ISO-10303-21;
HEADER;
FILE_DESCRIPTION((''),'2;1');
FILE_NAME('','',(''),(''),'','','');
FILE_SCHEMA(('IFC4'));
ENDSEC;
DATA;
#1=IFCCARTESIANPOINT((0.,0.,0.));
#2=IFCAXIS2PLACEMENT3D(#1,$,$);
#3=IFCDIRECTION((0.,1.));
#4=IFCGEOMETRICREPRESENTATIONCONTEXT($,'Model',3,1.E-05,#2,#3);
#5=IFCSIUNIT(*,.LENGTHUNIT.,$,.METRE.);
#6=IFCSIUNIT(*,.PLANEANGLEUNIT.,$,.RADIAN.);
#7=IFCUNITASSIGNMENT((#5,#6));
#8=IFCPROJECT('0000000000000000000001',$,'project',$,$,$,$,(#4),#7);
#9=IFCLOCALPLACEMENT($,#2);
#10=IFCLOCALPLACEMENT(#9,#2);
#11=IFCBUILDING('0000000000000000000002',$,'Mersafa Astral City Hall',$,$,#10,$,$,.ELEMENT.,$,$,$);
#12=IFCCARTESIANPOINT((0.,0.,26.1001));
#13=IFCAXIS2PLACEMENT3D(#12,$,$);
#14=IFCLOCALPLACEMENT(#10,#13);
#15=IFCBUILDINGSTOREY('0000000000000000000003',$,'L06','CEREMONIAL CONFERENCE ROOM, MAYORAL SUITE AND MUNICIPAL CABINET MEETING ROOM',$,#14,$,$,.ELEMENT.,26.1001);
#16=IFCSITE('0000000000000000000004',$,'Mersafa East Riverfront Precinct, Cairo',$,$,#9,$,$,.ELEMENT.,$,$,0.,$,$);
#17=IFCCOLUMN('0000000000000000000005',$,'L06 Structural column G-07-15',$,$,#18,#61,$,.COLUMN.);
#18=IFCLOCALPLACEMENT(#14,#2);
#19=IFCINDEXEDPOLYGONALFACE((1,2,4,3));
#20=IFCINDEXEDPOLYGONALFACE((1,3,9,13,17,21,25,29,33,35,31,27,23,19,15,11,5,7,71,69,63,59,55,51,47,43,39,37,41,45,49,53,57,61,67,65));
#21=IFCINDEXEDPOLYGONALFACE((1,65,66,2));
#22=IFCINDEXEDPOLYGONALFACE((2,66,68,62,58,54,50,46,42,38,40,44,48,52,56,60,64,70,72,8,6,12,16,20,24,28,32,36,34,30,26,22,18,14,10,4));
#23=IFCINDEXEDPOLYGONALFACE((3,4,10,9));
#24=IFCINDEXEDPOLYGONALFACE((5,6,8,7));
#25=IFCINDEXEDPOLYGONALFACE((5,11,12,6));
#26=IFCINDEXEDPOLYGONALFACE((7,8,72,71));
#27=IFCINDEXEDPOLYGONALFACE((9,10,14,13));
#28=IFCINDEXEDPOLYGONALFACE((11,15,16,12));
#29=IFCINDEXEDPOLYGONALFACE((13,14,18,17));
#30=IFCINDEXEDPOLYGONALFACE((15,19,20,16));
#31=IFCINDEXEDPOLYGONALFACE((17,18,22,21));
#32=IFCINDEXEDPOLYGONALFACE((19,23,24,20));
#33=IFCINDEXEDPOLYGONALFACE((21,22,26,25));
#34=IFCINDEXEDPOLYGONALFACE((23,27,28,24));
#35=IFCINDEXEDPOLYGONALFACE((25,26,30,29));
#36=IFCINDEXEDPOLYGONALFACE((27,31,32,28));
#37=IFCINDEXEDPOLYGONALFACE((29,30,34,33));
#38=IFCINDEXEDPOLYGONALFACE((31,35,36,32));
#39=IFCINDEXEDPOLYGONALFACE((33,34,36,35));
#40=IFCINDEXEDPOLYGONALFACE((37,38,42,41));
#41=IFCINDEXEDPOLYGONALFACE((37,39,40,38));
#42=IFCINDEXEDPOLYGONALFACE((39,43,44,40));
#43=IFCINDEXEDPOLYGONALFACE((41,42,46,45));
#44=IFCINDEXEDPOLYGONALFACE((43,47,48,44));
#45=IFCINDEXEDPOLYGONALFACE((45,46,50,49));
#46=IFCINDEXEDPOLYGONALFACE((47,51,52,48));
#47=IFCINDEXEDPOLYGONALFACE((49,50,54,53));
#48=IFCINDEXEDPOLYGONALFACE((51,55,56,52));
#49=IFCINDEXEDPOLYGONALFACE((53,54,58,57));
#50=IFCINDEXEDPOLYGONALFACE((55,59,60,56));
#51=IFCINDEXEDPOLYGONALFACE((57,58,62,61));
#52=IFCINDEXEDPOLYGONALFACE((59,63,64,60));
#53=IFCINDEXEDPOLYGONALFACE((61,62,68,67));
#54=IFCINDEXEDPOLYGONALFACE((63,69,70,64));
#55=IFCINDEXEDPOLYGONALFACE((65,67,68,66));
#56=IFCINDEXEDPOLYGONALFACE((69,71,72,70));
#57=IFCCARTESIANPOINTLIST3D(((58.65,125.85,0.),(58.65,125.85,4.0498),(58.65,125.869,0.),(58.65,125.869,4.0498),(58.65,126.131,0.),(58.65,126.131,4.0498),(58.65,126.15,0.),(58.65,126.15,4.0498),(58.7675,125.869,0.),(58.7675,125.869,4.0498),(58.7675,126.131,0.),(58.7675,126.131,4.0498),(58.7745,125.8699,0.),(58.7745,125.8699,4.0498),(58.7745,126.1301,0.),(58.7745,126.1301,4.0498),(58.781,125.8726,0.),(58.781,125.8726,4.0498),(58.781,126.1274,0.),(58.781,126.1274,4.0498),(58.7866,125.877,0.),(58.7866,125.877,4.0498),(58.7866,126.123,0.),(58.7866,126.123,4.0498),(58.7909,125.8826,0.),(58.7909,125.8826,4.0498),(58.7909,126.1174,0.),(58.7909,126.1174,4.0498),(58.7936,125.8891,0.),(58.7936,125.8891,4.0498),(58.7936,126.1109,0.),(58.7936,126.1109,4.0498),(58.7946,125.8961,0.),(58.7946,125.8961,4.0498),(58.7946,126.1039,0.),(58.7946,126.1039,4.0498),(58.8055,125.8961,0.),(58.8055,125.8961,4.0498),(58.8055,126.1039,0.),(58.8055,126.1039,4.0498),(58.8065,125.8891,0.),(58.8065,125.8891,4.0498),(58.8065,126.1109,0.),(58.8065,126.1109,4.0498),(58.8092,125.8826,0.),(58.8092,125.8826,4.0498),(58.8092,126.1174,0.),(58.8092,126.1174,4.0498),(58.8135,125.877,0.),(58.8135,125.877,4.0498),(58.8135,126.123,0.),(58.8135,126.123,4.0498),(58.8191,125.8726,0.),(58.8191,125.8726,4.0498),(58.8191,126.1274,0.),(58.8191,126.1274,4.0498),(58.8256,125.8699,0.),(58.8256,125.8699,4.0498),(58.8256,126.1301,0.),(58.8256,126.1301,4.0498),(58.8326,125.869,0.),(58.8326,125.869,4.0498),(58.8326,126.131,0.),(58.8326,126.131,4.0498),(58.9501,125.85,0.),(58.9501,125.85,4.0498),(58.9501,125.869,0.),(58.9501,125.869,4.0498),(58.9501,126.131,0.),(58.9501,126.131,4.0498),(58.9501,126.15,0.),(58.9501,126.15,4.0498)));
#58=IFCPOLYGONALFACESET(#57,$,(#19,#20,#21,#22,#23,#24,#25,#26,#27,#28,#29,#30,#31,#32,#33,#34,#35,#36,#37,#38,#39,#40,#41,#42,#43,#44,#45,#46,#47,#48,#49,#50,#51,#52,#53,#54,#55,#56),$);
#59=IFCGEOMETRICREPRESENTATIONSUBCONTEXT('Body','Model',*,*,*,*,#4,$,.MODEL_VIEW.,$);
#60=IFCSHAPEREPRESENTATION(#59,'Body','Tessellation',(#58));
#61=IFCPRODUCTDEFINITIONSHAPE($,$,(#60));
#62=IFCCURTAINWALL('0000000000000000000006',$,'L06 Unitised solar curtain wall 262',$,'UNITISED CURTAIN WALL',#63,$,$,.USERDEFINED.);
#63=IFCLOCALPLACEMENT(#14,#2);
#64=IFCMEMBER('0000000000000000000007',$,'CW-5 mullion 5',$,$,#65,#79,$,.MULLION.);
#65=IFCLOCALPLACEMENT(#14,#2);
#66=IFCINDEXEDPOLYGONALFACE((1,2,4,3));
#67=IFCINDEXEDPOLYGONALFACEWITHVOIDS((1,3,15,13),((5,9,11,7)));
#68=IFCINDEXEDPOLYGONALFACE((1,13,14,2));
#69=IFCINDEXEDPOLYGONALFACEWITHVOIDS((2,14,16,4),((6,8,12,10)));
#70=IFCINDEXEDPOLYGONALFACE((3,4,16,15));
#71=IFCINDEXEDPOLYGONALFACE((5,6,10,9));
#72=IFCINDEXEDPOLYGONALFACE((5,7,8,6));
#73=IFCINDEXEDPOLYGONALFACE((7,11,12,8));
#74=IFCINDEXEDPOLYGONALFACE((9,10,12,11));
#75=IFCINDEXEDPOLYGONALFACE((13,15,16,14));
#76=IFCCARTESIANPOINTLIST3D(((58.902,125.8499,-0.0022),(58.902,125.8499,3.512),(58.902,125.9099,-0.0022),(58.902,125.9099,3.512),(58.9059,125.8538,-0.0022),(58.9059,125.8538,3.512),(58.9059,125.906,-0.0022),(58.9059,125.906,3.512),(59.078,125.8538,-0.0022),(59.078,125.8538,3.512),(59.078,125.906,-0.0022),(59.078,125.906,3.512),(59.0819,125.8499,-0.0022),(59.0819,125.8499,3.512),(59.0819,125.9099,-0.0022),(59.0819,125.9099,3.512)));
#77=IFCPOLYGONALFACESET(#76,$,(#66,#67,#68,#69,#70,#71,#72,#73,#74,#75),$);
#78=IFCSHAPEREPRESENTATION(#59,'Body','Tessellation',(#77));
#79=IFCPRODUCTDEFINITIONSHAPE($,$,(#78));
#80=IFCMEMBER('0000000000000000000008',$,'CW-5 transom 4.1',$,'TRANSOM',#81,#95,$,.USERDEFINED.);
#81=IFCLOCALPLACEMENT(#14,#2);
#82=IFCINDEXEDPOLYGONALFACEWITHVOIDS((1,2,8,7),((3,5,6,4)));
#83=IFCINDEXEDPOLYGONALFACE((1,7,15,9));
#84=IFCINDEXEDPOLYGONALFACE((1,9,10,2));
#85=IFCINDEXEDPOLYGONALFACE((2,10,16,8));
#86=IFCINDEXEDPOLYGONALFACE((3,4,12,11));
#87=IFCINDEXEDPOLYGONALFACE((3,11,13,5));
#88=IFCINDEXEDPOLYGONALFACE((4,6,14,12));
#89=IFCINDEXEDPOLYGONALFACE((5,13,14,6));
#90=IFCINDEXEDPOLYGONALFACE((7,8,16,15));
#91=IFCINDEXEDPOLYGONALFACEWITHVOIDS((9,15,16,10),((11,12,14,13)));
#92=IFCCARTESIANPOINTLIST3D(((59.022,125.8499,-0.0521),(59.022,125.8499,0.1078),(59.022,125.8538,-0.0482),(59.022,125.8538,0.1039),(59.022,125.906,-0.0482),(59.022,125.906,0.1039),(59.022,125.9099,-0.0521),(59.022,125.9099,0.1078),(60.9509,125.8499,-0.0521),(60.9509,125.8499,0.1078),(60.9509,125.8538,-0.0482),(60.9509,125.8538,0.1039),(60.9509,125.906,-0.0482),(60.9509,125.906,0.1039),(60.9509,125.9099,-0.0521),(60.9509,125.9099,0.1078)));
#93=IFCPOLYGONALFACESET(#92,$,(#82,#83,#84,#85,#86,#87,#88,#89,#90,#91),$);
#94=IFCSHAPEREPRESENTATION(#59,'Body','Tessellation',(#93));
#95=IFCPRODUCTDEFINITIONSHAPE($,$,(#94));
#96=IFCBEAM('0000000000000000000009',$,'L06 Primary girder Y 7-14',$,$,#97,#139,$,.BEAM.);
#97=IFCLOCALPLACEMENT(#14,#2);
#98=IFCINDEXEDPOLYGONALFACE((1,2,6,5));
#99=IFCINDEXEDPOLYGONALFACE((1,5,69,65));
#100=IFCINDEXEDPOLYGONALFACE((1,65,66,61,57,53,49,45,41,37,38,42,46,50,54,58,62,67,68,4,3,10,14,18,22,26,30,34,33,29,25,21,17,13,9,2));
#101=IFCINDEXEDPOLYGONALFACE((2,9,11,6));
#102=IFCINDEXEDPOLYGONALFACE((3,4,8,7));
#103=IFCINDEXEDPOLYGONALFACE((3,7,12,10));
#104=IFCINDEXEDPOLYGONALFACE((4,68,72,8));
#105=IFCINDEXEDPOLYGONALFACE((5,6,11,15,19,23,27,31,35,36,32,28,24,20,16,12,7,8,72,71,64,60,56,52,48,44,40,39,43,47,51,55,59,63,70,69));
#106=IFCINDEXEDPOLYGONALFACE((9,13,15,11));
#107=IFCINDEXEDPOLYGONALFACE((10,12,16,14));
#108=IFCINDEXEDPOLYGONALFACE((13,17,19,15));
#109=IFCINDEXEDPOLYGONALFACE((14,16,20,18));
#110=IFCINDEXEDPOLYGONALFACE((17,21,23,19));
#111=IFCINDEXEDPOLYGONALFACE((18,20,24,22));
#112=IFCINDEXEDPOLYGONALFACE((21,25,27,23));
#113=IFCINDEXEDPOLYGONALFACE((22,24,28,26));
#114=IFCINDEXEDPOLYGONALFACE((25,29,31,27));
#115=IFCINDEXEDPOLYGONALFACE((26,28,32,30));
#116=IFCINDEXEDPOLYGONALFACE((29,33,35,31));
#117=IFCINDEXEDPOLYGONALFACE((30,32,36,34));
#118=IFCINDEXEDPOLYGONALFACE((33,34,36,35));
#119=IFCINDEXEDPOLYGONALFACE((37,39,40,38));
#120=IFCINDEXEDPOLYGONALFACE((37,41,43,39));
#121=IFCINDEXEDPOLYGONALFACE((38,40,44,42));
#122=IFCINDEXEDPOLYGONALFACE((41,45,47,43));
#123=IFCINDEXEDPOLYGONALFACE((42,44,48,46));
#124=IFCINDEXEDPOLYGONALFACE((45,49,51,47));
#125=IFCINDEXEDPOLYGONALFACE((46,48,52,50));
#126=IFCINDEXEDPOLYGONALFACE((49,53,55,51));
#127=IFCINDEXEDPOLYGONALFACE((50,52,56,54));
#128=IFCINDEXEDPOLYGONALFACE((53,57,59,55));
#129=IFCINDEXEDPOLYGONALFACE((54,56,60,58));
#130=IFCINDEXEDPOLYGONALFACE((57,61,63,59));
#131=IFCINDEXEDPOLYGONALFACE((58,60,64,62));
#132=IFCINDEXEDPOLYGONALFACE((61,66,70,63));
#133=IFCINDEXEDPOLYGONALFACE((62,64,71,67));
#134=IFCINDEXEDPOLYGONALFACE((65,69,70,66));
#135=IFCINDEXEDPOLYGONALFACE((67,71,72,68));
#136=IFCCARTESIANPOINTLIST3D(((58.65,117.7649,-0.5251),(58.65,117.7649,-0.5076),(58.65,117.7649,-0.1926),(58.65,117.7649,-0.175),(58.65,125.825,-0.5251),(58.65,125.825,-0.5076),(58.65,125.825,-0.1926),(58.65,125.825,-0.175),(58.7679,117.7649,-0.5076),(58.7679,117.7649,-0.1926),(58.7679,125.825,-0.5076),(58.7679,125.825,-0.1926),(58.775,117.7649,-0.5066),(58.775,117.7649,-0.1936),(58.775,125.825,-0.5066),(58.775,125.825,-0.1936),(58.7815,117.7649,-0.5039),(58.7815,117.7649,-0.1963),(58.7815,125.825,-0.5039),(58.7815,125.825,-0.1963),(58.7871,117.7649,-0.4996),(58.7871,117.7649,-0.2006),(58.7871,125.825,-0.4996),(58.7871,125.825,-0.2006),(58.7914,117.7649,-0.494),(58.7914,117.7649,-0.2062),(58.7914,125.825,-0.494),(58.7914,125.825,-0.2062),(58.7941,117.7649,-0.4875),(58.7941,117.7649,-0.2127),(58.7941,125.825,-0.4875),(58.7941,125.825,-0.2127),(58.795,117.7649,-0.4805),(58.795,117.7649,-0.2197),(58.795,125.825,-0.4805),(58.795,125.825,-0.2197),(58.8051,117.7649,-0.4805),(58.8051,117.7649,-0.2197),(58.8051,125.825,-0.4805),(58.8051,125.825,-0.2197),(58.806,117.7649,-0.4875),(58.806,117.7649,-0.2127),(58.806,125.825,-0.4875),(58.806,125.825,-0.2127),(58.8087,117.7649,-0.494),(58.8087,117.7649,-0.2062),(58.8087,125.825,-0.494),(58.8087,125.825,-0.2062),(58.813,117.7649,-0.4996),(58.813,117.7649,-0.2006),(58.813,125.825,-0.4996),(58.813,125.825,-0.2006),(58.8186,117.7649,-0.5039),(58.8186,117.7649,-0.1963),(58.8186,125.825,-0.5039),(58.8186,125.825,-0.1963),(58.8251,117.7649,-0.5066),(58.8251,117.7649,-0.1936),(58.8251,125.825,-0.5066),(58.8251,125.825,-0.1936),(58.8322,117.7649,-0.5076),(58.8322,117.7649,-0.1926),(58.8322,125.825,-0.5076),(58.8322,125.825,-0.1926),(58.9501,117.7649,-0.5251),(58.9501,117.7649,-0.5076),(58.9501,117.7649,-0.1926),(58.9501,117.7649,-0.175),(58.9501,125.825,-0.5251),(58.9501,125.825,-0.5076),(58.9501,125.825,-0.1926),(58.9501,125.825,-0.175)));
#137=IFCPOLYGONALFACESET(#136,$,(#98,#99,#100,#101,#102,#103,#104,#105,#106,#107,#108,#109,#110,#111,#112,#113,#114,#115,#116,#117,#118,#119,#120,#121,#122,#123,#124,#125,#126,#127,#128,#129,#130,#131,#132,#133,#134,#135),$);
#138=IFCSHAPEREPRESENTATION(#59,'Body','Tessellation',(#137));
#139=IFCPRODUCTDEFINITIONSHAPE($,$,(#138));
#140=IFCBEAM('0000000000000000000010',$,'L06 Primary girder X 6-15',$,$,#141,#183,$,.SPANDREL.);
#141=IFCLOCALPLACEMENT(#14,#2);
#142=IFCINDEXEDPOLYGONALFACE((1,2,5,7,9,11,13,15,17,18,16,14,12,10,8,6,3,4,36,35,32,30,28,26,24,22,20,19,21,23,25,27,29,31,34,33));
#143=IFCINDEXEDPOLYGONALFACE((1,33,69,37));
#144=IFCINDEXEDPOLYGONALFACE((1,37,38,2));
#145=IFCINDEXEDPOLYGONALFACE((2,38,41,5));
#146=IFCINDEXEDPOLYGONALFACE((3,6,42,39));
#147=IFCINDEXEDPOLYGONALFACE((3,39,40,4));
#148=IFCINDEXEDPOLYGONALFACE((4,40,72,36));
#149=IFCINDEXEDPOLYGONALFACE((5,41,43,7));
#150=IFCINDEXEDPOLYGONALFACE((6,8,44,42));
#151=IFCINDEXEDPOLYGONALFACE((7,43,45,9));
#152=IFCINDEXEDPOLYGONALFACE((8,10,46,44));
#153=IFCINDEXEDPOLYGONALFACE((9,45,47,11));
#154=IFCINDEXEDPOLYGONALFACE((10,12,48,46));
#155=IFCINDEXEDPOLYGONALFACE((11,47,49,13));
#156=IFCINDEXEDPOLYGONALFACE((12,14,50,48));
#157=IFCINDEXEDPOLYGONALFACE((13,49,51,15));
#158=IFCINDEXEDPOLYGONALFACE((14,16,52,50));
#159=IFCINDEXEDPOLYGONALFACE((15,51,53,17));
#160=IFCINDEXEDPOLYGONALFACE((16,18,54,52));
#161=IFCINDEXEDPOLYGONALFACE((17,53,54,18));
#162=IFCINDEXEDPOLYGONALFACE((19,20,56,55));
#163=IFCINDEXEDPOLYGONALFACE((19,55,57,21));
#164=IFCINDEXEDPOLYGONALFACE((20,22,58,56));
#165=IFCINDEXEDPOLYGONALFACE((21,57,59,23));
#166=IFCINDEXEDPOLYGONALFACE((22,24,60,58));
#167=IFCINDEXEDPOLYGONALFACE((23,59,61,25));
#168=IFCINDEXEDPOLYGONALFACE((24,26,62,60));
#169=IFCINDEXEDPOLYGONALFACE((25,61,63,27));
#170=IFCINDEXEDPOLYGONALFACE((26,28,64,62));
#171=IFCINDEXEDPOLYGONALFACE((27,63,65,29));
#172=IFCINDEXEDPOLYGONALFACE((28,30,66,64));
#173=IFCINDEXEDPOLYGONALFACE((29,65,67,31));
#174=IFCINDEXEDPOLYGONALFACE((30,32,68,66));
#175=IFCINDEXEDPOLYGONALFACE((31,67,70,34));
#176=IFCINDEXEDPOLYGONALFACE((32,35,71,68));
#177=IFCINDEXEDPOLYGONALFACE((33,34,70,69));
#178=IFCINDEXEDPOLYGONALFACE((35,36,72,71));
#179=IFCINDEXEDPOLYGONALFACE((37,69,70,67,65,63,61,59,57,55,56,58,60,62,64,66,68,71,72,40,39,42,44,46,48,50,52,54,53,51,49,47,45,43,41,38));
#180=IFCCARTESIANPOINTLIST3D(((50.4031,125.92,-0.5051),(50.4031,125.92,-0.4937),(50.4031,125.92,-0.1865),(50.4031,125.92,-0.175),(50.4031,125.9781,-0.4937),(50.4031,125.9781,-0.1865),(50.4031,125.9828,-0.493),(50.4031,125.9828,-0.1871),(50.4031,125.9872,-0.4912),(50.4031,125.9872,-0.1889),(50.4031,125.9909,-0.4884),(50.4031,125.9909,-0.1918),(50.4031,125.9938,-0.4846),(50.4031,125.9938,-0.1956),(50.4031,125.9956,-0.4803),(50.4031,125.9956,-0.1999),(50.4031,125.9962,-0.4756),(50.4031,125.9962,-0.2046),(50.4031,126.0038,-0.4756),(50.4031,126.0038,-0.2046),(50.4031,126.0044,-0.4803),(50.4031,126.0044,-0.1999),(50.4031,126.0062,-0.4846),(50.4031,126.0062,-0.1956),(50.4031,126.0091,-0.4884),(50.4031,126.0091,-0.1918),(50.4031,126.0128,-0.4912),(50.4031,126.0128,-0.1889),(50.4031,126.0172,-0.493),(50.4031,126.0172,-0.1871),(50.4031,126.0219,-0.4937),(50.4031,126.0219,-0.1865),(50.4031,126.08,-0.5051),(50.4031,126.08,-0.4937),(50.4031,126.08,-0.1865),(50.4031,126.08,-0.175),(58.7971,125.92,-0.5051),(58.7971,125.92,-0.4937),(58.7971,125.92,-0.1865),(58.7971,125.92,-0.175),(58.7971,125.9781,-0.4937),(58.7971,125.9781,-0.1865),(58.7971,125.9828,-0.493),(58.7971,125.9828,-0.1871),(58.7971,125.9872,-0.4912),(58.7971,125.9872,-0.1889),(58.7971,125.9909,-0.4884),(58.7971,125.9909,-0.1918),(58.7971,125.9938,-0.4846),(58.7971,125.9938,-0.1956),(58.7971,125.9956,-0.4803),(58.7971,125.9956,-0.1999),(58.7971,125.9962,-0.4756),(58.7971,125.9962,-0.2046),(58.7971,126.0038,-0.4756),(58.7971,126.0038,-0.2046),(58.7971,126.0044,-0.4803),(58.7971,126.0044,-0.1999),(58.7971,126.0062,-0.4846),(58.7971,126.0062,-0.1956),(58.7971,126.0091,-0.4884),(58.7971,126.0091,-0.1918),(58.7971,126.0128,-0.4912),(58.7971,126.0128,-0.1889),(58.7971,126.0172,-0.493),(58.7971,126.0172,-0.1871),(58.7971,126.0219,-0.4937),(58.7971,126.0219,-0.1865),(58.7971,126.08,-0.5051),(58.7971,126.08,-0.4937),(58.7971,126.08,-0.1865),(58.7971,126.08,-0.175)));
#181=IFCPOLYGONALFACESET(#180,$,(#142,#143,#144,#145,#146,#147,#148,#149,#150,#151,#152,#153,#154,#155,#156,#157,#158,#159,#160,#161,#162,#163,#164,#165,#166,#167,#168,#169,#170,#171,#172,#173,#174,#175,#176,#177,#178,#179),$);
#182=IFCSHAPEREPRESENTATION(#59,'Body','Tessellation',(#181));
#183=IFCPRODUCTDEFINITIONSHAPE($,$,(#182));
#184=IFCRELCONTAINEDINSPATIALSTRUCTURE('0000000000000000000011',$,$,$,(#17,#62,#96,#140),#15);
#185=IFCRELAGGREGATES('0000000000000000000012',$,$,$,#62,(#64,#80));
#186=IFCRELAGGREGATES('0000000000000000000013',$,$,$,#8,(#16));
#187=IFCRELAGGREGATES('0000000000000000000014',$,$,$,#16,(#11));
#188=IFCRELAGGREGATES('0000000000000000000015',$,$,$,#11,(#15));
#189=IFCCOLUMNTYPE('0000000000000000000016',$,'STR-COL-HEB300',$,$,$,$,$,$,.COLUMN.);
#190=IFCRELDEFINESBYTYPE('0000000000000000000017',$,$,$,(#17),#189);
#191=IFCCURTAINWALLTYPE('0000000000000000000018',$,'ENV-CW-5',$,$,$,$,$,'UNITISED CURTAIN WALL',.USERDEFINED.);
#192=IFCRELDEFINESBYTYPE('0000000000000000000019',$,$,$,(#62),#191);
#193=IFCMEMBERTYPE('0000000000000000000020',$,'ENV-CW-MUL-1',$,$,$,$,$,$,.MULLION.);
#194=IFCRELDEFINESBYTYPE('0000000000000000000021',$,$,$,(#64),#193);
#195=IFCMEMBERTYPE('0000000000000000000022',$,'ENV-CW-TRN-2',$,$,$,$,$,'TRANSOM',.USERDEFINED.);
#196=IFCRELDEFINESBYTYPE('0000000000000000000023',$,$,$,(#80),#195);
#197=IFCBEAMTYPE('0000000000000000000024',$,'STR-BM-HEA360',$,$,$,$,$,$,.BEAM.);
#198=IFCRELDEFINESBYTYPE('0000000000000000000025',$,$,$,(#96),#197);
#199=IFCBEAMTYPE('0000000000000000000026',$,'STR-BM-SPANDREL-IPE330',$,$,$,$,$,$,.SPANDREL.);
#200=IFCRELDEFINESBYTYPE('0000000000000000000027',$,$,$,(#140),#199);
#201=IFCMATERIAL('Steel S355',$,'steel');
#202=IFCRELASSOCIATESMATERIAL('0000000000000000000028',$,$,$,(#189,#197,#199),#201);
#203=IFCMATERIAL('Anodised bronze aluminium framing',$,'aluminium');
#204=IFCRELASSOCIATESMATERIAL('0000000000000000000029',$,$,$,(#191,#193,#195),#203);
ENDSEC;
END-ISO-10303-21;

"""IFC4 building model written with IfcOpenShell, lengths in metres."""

from ifc_helpers import new_model, si_unit, direction, frame, origin, origin_2d, place, context, subcontext, project, spatial, hollow_rectangle, i_section, extrude, material, material_profile, profile_set, type_object, element, aggregate, save


model = new_model("IFC4")

# Units and contexts
model_context = context("Model", 3, precision=1e-05, world=origin(), true_north=direction((0.0, 1.0)))
body_context = subcontext(model_context, "Body", "Model", "MODEL_VIEW")
ifc_project = project(units=[si_unit("LENGTHUNIT", "METRE"), si_unit("PLANEANGLEUNIT", "RADIAN")], contexts=[model_context])

# Site, building, storey
site_placement = place(None, origin())
site = spatial("IfcSite", under=ifc_project, at=site_placement, Name="Mersafa East Riverfront Precinct, Cairo", CompositionType="ELEMENT", RefElevation=0.0)
building_placement = place(site_placement, origin())
building = spatial("IfcBuilding", under=site, at=building_placement, Name="Mersafa Astral City Hall", CompositionType="ELEMENT")
storey_placement = place(building_placement, frame((0.0, 0.0, 26.1001)))
storey = spatial("IfcBuildingStorey", under=building, at=storey_placement, Name="L06", Description="CEREMONIAL CONFERENCE ROOM, MAYORAL SUITE AND MUNICIPAL CABINET MEETING ROOM", CompositionType="ELEMENT", Elevation=26.1001)

# Column
ifc_material_1 = material(Name="Steel S355", Category="steel")
ifc_material_profile_1 = material_profile(ifc_material_1, i_section(OverallWidth=0.3, OverallDepth=0.3, WebThickness=0.011, FlangeThickness=0.019, FilletRadius=0.0271, at=origin_2d()), Name="HEB 300")
ifc_profile_set_1 = profile_set([ifc_material_profile_1], Name="Steel S355")
column_type = type_object("IfcColumnType", Name="STR-COL-HEB300", PredefinedType="COLUMN", material=ifc_profile_set_1)
column_placement = place(storey_placement, frame((58.8, 126.0, 0.0), z_axis=(0.0, 0.0, 1.0), x_axis=(1.0, 0.0, 0.0)))
element("IfcColumn", 1, at=column_placement, inside=storey, type_object=column_type, Name="L06 Structural column G-07-15", PredefinedType="COLUMN", context=body_context, shape_type="SweptSolid", body=[
    extrude(i_section(OverallWidth=0.3, OverallDepth=0.3, WebThickness=0.011, FlangeThickness=0.019, FilletRadius=0.0271, at=origin_2d()), origin(), (0.0, 0.0, 1.0), 4.0498),
])

# Curtain wall, members
ifc_material_2 = material(Name="Anodised bronze aluminium framing", Category="aluminium")
curtain_wall_type = type_object("IfcCurtainWallType", Name="ENV-CW-5", ElementType="UNITISED CURTAIN WALL", PredefinedType="USERDEFINED", material=ifc_material_2)
curtain_wall_placement = place(storey_placement, origin())
curtain_wall = element("IfcCurtainWall", 2, at=curtain_wall_placement, inside=storey, type_object=curtain_wall_type, Name="L06 Unitised solar curtain wall 262", ObjectType="UNITISED CURTAIN WALL", PredefinedType="USERDEFINED")
ifc_material_profile_2 = material_profile(ifc_material_2, hollow_rectangle(XDim=0.0601, YDim=0.1799, WallThickness=0.0039, at=origin_2d()), Name="RHS 60x180x4")
ifc_profile_set_2 = profile_set([ifc_material_profile_2], Name="Anodised bronze aluminium framing")
member_type_1 = type_object("IfcMemberType", Name="ENV-CW-MUL-1", PredefinedType="MULLION", material=ifc_profile_set_2)
member_1_placement = place(storey_placement, frame((58.9919, 125.8799, -0.0022), z_axis=(0.0, 0.0, 1.0), x_axis=(0.0, -1.0, 0.0)))
member_1 = element("IfcMember", 3, at=member_1_placement, type_object=member_type_1, Name="CW-5 mullion 5", PredefinedType="MULLION", context=body_context, shape_type="SweptSolid", body=[
    extrude(hollow_rectangle(XDim=0.0601, YDim=0.1799, WallThickness=0.0039, at=origin_2d()), origin(), (0.0, 0.0, 1.0), 3.5142),
])
ifc_material_profile_3 = material_profile(ifc_material_2, hollow_rectangle(XDim=0.0601, YDim=0.1599, WallThickness=0.0039, at=origin_2d()), Name="RHS 60x160x4")
ifc_profile_set_3 = profile_set([ifc_material_profile_3], Name="Anodised bronze aluminium framing")
member_type_2 = type_object("IfcMemberType", Name="ENV-CW-TRN-2", ElementType="TRANSOM", PredefinedType="USERDEFINED", material=ifc_profile_set_3)
member_2_placement = place(storey_placement, frame((60.9509, 125.8799, 0.0278), z_axis=(-1.0, 0.0, 0.0), x_axis=(0.0, -1.0, 0.0)))
member_2 = element("IfcMember", 4, at=member_2_placement, type_object=member_type_2, Name="CW-5 transom 4.1", ObjectType="TRANSOM", PredefinedType="USERDEFINED", context=body_context, shape_type="SweptSolid", body=[
    extrude(hollow_rectangle(XDim=0.0601, YDim=0.1599, WallThickness=0.0039, at=origin_2d()), origin(), (0.0, 0.0, 1.0), 1.929),
])

# Beams
ifc_material_profile_4 = material_profile(ifc_material_1, i_section(OverallWidth=0.3, OverallDepth=0.3501, WebThickness=0.01, FlangeThickness=0.0176, FilletRadius=0.0271, at=origin_2d()), Name="HEA 360")
ifc_profile_set_4 = profile_set([ifc_material_profile_4], Name="Steel S355")
beam_type_1 = type_object("IfcBeamType", Name="STR-BM-HEA360", PredefinedType="BEAM", material=ifc_profile_set_4)
beam_1_placement = place(storey_placement, frame((58.8, 117.7649, -0.3501), z_axis=(0.0, 1.0, 0.0), x_axis=(-1.0, 0.0, 0.0)))
element("IfcBeam", 5, at=beam_1_placement, inside=storey, type_object=beam_type_1, Name="L06 Primary girder Y 7-14", PredefinedType="BEAM", context=body_context, shape_type="SweptSolid", body=[
    extrude(i_section(OverallWidth=0.3, OverallDepth=0.3501, WebThickness=0.01, FlangeThickness=0.0176, FilletRadius=0.0271, at=origin_2d()), origin(), (0.0, 0.0, 1.0), 8.0601),
])
ifc_material_profile_5 = material_profile(ifc_material_1, i_section(OverallWidth=0.1599, OverallDepth=0.3301, WebThickness=0.0076, FlangeThickness=0.0115, FilletRadius=0.0181, at=origin_2d()), Name="IPE 330")
ifc_profile_set_5 = profile_set([ifc_material_profile_5], Name="Steel S355")
beam_type_2 = type_object("IfcBeamType", Name="STR-BM-SPANDREL-IPE330", PredefinedType="SPANDREL", material=ifc_profile_set_5)
beam_2_placement = place(storey_placement, frame((50.4031, 126.0, -0.3401), z_axis=(1.0, 0.0, 0.0), x_axis=(0.0, 1.0, 0.0)))
element("IfcBeam", 6, at=beam_2_placement, inside=storey, type_object=beam_type_2, Name="L06 Primary girder X 6-15", PredefinedType="SPANDREL", context=body_context, shape_type="SweptSolid", body=[
    extrude(i_section(OverallWidth=0.1599, OverallDepth=0.3301, WebThickness=0.0076, FlangeThickness=0.0115, FilletRadius=0.0181, at=origin_2d()), origin(), (0.0, 0.0, 1.0), 8.394),
])

aggregate(curtain_wall, [member_1, member_2])

save(model, "model.ifc")
